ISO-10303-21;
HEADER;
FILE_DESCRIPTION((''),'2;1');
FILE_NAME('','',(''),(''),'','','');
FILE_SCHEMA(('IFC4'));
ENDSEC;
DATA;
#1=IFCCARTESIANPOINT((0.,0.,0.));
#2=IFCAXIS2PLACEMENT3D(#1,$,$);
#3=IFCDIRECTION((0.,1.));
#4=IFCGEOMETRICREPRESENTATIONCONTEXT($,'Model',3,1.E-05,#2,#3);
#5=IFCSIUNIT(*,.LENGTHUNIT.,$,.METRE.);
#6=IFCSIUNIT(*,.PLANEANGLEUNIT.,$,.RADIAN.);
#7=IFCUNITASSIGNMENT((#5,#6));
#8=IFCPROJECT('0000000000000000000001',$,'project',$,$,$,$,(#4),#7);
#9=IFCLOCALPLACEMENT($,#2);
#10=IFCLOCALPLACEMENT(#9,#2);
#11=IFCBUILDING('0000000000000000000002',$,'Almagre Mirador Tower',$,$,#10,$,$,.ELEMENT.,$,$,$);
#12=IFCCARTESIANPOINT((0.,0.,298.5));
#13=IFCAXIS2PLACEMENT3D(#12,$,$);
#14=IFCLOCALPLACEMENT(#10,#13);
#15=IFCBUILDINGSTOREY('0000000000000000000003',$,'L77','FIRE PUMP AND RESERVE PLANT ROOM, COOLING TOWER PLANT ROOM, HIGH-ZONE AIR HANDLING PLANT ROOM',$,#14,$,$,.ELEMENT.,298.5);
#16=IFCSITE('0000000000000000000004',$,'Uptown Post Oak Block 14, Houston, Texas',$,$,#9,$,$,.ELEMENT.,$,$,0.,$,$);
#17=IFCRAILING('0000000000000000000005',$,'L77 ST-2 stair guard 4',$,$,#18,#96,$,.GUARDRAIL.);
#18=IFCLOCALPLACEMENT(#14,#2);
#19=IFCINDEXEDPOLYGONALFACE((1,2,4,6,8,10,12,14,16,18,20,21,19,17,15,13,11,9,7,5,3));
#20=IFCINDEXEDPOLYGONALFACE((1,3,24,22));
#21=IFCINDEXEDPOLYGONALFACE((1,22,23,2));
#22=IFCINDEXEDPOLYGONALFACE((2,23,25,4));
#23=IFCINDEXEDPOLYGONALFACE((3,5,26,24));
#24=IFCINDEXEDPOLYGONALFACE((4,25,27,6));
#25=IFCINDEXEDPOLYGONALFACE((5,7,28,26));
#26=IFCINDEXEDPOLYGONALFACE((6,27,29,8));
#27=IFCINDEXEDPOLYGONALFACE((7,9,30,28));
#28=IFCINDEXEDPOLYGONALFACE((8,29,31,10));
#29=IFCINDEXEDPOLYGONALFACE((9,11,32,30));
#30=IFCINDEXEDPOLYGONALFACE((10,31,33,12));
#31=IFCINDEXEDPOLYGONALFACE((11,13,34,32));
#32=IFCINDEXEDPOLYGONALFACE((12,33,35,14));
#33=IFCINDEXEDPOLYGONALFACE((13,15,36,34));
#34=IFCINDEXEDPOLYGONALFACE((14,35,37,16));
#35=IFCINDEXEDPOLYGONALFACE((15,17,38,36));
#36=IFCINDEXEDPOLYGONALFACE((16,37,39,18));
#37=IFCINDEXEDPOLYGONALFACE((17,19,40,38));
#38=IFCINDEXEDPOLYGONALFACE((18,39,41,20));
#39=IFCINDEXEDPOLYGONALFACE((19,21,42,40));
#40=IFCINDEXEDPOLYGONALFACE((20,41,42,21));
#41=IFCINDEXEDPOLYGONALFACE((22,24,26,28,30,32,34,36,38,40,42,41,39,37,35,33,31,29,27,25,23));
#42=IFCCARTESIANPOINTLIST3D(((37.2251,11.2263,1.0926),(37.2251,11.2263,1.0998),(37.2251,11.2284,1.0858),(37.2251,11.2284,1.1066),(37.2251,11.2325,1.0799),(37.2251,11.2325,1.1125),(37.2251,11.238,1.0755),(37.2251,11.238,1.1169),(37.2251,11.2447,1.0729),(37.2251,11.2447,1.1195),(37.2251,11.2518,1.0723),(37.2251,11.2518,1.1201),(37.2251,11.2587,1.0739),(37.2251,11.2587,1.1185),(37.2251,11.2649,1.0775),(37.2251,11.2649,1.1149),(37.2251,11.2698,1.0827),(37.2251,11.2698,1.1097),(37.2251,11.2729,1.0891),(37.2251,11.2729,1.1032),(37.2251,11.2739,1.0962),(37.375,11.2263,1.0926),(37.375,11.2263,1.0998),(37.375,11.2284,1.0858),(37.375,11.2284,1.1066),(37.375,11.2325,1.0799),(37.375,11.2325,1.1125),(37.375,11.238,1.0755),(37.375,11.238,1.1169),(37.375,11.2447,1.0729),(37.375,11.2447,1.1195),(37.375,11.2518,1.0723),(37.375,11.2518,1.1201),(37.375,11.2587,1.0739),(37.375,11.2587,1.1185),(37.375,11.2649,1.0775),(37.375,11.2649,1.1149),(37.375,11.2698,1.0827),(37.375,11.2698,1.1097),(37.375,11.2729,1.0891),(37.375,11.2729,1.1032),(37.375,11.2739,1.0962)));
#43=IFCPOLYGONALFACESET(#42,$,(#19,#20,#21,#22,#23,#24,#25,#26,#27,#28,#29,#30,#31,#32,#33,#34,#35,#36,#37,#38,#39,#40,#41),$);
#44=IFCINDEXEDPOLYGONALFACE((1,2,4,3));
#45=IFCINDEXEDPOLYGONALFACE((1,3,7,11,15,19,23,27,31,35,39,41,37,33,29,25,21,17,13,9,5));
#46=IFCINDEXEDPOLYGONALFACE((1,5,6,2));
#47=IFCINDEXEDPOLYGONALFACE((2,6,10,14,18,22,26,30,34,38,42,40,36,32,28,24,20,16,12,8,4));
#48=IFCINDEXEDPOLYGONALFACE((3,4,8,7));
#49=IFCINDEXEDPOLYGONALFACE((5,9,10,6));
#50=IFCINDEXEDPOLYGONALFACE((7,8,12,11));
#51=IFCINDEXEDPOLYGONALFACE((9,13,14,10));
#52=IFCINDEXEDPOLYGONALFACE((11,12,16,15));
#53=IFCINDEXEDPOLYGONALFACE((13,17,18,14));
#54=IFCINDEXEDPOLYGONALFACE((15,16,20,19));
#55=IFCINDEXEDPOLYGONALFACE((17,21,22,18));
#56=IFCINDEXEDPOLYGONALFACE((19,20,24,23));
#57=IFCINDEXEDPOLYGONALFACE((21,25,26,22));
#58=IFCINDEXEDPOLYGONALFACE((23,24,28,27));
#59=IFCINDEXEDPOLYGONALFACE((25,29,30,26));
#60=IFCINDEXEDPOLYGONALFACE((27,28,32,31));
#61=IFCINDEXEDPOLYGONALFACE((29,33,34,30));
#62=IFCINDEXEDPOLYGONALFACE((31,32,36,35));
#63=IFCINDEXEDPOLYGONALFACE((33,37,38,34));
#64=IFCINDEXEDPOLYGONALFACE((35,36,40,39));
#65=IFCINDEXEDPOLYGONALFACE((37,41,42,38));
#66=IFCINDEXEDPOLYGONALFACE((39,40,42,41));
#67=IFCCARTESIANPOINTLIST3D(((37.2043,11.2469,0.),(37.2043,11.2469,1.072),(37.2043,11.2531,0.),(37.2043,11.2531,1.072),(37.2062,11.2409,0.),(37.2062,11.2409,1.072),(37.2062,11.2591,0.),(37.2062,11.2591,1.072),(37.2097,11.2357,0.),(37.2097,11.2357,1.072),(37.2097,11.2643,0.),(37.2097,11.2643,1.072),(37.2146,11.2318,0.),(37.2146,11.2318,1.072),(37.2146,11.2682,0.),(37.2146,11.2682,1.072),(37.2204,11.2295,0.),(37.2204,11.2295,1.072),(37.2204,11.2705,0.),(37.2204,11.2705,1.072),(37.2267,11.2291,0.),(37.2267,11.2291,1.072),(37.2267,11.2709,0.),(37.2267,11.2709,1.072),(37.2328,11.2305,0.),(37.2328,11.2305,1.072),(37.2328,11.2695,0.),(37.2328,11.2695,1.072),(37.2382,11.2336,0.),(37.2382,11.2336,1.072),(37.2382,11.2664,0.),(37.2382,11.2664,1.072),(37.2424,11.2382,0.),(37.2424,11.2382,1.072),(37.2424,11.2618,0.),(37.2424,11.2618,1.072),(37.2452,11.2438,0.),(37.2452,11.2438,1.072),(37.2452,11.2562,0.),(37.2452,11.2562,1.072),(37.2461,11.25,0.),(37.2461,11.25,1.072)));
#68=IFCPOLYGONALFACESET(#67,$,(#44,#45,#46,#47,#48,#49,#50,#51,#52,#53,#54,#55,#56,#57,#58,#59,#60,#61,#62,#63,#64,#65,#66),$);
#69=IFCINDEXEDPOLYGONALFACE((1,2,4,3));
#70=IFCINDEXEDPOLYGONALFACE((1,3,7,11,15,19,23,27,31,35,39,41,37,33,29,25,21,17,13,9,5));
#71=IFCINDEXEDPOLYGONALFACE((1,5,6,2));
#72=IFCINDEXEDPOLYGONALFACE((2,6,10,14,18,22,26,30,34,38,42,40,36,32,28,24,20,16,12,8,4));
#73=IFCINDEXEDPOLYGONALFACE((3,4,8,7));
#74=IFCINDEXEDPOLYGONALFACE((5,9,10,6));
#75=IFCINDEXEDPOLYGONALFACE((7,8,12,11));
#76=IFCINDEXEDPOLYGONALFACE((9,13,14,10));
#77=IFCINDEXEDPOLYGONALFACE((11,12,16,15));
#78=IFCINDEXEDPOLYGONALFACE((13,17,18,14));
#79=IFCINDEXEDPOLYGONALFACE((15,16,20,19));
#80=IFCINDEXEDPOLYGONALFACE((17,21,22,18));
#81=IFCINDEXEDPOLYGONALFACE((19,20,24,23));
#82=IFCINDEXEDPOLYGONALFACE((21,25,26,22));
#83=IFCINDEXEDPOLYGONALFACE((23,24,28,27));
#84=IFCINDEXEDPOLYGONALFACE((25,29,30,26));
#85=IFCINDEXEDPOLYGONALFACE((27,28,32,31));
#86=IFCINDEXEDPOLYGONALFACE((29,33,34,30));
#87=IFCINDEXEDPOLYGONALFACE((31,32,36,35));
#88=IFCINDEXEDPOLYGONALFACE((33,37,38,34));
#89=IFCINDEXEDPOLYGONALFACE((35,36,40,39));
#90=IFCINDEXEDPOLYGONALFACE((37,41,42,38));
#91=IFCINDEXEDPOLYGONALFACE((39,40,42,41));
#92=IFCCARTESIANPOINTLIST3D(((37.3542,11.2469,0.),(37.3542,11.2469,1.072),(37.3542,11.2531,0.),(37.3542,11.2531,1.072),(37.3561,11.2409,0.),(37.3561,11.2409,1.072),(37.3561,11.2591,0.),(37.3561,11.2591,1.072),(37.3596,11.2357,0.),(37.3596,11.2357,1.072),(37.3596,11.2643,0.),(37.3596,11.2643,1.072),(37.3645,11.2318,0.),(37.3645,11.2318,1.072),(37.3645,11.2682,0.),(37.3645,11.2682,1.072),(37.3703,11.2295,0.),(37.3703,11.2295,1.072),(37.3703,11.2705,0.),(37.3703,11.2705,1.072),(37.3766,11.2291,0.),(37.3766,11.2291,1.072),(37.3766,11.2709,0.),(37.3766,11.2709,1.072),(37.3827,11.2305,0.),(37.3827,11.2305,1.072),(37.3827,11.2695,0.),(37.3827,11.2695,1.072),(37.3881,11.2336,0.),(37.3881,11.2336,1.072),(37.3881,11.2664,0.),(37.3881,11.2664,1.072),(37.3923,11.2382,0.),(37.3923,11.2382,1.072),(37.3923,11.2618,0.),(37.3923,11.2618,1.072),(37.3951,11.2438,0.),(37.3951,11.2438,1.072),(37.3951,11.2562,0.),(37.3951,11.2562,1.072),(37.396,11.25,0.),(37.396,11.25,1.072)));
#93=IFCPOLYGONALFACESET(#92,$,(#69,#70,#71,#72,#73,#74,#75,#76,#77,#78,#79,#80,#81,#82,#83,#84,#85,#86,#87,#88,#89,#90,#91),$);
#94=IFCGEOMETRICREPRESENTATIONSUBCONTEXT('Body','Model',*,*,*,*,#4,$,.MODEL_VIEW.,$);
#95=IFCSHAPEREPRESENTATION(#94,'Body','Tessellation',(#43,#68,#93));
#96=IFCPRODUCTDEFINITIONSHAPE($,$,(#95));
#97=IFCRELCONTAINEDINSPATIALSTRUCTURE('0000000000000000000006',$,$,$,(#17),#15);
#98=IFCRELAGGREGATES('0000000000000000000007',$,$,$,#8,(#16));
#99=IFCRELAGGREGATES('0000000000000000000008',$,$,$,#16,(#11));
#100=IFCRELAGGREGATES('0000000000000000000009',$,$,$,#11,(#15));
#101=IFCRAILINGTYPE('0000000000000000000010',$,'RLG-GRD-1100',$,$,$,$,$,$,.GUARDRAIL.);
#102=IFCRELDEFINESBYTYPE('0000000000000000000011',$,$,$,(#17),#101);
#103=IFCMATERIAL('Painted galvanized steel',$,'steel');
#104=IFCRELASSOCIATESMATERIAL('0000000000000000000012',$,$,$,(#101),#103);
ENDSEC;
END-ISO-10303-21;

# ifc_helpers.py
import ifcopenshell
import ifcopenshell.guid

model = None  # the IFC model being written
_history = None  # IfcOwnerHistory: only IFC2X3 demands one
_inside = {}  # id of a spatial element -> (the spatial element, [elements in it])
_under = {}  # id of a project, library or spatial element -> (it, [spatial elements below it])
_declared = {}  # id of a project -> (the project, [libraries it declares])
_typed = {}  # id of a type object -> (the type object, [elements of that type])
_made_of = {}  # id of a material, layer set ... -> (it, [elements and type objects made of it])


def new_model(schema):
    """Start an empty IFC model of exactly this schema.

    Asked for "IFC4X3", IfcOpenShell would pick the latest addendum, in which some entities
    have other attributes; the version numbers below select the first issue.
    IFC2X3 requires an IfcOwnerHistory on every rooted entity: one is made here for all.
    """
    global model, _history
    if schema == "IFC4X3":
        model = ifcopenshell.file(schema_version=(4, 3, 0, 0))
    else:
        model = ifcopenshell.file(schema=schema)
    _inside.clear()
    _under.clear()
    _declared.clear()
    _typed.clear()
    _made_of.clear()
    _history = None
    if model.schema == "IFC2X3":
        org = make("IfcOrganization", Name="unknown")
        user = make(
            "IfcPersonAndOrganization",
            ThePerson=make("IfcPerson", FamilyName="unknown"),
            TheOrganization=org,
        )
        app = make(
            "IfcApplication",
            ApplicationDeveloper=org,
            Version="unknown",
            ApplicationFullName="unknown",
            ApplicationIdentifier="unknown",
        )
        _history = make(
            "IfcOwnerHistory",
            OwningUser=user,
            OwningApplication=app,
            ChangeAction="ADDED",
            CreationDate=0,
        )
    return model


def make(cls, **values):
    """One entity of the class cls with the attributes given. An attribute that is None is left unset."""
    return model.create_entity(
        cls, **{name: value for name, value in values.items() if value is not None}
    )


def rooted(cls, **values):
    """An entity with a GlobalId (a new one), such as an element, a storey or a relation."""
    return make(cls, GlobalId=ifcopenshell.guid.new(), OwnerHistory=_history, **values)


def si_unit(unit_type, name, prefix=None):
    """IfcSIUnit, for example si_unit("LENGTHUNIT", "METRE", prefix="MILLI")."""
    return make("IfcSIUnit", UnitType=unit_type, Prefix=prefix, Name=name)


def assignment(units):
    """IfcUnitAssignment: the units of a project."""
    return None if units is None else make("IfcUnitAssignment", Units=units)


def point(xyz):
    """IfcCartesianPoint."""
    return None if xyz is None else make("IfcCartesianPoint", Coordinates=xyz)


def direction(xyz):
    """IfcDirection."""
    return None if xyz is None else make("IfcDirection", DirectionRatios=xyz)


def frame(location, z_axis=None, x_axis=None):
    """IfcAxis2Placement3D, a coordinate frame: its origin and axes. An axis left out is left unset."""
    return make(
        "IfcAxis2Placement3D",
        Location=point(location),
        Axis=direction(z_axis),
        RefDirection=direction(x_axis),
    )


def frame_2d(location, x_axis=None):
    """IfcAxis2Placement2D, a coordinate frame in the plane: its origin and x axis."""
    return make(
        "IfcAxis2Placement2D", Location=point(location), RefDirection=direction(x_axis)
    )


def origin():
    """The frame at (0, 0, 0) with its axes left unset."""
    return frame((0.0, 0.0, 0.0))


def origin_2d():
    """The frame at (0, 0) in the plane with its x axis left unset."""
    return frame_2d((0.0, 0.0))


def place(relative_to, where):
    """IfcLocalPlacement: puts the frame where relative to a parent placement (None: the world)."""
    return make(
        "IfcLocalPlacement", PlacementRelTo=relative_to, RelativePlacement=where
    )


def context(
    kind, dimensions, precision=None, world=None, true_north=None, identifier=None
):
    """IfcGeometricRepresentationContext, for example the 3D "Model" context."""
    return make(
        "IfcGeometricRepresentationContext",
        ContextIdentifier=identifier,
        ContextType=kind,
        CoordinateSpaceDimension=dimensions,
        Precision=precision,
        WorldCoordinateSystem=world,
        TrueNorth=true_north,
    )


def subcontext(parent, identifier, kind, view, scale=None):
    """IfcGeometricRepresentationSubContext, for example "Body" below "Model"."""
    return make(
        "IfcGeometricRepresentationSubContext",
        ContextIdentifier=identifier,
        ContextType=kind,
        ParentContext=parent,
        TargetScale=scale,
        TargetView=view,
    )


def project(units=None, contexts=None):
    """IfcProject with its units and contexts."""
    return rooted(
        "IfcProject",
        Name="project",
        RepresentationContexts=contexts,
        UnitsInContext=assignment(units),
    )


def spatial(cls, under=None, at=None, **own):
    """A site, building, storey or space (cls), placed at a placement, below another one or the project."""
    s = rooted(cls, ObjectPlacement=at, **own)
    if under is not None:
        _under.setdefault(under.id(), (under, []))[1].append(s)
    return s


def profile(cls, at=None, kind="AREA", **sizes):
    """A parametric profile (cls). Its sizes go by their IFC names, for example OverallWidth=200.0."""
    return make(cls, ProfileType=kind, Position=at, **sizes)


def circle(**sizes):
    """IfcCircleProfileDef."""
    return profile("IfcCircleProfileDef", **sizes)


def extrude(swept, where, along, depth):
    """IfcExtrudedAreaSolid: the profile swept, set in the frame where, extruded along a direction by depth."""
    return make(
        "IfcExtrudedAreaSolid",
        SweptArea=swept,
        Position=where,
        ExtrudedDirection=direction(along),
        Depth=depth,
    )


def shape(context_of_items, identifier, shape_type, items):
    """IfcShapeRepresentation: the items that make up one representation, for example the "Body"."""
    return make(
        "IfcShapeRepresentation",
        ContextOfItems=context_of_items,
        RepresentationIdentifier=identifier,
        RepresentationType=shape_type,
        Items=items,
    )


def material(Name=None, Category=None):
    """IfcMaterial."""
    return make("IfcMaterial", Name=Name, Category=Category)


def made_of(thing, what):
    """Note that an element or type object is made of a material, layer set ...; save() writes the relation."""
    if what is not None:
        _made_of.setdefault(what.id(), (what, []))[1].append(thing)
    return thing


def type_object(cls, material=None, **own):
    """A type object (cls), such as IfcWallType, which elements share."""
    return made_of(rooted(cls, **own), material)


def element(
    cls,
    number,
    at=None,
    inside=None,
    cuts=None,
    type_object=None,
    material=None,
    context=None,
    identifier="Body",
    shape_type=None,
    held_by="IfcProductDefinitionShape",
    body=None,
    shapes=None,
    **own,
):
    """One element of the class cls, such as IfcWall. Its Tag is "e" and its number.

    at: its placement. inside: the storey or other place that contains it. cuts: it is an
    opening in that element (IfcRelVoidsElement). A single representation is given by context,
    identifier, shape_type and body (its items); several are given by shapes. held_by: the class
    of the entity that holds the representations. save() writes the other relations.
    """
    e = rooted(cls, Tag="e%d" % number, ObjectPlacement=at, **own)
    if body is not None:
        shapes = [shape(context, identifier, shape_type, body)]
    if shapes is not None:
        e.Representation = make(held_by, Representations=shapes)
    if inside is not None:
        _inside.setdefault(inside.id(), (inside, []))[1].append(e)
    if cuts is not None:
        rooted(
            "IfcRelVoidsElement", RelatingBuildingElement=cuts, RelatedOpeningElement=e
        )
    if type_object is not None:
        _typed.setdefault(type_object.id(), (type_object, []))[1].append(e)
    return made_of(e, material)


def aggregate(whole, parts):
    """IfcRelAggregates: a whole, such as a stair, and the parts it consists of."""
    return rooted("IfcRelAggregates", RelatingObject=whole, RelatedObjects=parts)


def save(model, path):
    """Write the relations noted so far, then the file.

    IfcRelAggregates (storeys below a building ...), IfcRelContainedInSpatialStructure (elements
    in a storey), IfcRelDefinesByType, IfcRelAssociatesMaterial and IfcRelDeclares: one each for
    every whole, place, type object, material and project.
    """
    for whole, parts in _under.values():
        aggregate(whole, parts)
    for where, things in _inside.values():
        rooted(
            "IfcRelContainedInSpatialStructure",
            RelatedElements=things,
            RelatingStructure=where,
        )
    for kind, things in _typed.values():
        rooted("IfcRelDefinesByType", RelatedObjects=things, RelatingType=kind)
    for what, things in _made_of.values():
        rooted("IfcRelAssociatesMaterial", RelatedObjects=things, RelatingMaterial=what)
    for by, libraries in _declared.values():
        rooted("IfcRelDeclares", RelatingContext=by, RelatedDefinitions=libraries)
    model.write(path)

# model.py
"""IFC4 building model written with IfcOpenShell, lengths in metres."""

from ifc_helpers import new_model, si_unit, direction, frame, origin, origin_2d, place, context, subcontext, project, spatial, circle, extrude, material, type_object, element, save


model = new_model("IFC4")

# Units and contexts
model_context = context("Model", 3, precision=1e-05, world=origin(), true_north=direction((0.0, 1.0)))
body_context = subcontext(model_context, "Body", "Model", "MODEL_VIEW")
ifc_project = project(units=[si_unit("LENGTHUNIT", "METRE"), si_unit("PLANEANGLEUNIT", "RADIAN")], contexts=[model_context])

# Site, building, storey
site_placement = place(None, origin())
site = spatial("IfcSite", under=ifc_project, at=site_placement, Name="Uptown Post Oak Block 14, Houston, Texas", CompositionType="ELEMENT", RefElevation=0.0)
building_placement = place(site_placement, origin())
building = spatial("IfcBuilding", under=site, at=building_placement, Name="Almagre Mirador Tower", CompositionType="ELEMENT")
storey_placement = place(building_placement, frame((0.0, 0.0, 298.5)))
storey = spatial("IfcBuildingStorey", under=building, at=storey_placement, Name="L77", Description="FIRE PUMP AND RESERVE PLANT ROOM, COOLING TOWER PLANT ROOM, HIGH-ZONE AIR HANDLING PLANT ROOM", CompositionType="ELEMENT", Elevation=298.5)

# Railing
ifc_material_1 = material(Name="Painted galvanized steel", Category="steel")
railing_type_1 = type_object("IfcRailingType", Name="RLG-GRD-1100", PredefinedType="GUARDRAIL", material=ifc_material_1)
railing_1_placement = place(storey_placement, frame((37.2251, 11.25, 0.0)))
element("IfcRailing", 1, at=railing_1_placement, inside=storey, type_object=railing_type_1, Name="L77 ST-2 stair guard 4", PredefinedType="GUARDRAIL", context=body_context, shape_type="SweptSolid", body=[
    extrude(circle(Radius=0.0239, at=origin_2d()), frame((0.0, 0.0, 1.0962), z_axis=(1.0, 0.0, 0.0), x_axis=(0.0, 1.0, 0.0)), (0.0, 0.0, 1.0), 0.1499),
    extrude(circle(Radius=0.021, at=origin_2d()), origin(), (0.0, 0.0, 1.0), 1.072),
    extrude(circle(Radius=0.021, at=origin_2d()), frame((0.1499, 0.0, 0.0)), (0.0, 0.0, 1.0), 1.072),
])

save(model, "model.ifc")
